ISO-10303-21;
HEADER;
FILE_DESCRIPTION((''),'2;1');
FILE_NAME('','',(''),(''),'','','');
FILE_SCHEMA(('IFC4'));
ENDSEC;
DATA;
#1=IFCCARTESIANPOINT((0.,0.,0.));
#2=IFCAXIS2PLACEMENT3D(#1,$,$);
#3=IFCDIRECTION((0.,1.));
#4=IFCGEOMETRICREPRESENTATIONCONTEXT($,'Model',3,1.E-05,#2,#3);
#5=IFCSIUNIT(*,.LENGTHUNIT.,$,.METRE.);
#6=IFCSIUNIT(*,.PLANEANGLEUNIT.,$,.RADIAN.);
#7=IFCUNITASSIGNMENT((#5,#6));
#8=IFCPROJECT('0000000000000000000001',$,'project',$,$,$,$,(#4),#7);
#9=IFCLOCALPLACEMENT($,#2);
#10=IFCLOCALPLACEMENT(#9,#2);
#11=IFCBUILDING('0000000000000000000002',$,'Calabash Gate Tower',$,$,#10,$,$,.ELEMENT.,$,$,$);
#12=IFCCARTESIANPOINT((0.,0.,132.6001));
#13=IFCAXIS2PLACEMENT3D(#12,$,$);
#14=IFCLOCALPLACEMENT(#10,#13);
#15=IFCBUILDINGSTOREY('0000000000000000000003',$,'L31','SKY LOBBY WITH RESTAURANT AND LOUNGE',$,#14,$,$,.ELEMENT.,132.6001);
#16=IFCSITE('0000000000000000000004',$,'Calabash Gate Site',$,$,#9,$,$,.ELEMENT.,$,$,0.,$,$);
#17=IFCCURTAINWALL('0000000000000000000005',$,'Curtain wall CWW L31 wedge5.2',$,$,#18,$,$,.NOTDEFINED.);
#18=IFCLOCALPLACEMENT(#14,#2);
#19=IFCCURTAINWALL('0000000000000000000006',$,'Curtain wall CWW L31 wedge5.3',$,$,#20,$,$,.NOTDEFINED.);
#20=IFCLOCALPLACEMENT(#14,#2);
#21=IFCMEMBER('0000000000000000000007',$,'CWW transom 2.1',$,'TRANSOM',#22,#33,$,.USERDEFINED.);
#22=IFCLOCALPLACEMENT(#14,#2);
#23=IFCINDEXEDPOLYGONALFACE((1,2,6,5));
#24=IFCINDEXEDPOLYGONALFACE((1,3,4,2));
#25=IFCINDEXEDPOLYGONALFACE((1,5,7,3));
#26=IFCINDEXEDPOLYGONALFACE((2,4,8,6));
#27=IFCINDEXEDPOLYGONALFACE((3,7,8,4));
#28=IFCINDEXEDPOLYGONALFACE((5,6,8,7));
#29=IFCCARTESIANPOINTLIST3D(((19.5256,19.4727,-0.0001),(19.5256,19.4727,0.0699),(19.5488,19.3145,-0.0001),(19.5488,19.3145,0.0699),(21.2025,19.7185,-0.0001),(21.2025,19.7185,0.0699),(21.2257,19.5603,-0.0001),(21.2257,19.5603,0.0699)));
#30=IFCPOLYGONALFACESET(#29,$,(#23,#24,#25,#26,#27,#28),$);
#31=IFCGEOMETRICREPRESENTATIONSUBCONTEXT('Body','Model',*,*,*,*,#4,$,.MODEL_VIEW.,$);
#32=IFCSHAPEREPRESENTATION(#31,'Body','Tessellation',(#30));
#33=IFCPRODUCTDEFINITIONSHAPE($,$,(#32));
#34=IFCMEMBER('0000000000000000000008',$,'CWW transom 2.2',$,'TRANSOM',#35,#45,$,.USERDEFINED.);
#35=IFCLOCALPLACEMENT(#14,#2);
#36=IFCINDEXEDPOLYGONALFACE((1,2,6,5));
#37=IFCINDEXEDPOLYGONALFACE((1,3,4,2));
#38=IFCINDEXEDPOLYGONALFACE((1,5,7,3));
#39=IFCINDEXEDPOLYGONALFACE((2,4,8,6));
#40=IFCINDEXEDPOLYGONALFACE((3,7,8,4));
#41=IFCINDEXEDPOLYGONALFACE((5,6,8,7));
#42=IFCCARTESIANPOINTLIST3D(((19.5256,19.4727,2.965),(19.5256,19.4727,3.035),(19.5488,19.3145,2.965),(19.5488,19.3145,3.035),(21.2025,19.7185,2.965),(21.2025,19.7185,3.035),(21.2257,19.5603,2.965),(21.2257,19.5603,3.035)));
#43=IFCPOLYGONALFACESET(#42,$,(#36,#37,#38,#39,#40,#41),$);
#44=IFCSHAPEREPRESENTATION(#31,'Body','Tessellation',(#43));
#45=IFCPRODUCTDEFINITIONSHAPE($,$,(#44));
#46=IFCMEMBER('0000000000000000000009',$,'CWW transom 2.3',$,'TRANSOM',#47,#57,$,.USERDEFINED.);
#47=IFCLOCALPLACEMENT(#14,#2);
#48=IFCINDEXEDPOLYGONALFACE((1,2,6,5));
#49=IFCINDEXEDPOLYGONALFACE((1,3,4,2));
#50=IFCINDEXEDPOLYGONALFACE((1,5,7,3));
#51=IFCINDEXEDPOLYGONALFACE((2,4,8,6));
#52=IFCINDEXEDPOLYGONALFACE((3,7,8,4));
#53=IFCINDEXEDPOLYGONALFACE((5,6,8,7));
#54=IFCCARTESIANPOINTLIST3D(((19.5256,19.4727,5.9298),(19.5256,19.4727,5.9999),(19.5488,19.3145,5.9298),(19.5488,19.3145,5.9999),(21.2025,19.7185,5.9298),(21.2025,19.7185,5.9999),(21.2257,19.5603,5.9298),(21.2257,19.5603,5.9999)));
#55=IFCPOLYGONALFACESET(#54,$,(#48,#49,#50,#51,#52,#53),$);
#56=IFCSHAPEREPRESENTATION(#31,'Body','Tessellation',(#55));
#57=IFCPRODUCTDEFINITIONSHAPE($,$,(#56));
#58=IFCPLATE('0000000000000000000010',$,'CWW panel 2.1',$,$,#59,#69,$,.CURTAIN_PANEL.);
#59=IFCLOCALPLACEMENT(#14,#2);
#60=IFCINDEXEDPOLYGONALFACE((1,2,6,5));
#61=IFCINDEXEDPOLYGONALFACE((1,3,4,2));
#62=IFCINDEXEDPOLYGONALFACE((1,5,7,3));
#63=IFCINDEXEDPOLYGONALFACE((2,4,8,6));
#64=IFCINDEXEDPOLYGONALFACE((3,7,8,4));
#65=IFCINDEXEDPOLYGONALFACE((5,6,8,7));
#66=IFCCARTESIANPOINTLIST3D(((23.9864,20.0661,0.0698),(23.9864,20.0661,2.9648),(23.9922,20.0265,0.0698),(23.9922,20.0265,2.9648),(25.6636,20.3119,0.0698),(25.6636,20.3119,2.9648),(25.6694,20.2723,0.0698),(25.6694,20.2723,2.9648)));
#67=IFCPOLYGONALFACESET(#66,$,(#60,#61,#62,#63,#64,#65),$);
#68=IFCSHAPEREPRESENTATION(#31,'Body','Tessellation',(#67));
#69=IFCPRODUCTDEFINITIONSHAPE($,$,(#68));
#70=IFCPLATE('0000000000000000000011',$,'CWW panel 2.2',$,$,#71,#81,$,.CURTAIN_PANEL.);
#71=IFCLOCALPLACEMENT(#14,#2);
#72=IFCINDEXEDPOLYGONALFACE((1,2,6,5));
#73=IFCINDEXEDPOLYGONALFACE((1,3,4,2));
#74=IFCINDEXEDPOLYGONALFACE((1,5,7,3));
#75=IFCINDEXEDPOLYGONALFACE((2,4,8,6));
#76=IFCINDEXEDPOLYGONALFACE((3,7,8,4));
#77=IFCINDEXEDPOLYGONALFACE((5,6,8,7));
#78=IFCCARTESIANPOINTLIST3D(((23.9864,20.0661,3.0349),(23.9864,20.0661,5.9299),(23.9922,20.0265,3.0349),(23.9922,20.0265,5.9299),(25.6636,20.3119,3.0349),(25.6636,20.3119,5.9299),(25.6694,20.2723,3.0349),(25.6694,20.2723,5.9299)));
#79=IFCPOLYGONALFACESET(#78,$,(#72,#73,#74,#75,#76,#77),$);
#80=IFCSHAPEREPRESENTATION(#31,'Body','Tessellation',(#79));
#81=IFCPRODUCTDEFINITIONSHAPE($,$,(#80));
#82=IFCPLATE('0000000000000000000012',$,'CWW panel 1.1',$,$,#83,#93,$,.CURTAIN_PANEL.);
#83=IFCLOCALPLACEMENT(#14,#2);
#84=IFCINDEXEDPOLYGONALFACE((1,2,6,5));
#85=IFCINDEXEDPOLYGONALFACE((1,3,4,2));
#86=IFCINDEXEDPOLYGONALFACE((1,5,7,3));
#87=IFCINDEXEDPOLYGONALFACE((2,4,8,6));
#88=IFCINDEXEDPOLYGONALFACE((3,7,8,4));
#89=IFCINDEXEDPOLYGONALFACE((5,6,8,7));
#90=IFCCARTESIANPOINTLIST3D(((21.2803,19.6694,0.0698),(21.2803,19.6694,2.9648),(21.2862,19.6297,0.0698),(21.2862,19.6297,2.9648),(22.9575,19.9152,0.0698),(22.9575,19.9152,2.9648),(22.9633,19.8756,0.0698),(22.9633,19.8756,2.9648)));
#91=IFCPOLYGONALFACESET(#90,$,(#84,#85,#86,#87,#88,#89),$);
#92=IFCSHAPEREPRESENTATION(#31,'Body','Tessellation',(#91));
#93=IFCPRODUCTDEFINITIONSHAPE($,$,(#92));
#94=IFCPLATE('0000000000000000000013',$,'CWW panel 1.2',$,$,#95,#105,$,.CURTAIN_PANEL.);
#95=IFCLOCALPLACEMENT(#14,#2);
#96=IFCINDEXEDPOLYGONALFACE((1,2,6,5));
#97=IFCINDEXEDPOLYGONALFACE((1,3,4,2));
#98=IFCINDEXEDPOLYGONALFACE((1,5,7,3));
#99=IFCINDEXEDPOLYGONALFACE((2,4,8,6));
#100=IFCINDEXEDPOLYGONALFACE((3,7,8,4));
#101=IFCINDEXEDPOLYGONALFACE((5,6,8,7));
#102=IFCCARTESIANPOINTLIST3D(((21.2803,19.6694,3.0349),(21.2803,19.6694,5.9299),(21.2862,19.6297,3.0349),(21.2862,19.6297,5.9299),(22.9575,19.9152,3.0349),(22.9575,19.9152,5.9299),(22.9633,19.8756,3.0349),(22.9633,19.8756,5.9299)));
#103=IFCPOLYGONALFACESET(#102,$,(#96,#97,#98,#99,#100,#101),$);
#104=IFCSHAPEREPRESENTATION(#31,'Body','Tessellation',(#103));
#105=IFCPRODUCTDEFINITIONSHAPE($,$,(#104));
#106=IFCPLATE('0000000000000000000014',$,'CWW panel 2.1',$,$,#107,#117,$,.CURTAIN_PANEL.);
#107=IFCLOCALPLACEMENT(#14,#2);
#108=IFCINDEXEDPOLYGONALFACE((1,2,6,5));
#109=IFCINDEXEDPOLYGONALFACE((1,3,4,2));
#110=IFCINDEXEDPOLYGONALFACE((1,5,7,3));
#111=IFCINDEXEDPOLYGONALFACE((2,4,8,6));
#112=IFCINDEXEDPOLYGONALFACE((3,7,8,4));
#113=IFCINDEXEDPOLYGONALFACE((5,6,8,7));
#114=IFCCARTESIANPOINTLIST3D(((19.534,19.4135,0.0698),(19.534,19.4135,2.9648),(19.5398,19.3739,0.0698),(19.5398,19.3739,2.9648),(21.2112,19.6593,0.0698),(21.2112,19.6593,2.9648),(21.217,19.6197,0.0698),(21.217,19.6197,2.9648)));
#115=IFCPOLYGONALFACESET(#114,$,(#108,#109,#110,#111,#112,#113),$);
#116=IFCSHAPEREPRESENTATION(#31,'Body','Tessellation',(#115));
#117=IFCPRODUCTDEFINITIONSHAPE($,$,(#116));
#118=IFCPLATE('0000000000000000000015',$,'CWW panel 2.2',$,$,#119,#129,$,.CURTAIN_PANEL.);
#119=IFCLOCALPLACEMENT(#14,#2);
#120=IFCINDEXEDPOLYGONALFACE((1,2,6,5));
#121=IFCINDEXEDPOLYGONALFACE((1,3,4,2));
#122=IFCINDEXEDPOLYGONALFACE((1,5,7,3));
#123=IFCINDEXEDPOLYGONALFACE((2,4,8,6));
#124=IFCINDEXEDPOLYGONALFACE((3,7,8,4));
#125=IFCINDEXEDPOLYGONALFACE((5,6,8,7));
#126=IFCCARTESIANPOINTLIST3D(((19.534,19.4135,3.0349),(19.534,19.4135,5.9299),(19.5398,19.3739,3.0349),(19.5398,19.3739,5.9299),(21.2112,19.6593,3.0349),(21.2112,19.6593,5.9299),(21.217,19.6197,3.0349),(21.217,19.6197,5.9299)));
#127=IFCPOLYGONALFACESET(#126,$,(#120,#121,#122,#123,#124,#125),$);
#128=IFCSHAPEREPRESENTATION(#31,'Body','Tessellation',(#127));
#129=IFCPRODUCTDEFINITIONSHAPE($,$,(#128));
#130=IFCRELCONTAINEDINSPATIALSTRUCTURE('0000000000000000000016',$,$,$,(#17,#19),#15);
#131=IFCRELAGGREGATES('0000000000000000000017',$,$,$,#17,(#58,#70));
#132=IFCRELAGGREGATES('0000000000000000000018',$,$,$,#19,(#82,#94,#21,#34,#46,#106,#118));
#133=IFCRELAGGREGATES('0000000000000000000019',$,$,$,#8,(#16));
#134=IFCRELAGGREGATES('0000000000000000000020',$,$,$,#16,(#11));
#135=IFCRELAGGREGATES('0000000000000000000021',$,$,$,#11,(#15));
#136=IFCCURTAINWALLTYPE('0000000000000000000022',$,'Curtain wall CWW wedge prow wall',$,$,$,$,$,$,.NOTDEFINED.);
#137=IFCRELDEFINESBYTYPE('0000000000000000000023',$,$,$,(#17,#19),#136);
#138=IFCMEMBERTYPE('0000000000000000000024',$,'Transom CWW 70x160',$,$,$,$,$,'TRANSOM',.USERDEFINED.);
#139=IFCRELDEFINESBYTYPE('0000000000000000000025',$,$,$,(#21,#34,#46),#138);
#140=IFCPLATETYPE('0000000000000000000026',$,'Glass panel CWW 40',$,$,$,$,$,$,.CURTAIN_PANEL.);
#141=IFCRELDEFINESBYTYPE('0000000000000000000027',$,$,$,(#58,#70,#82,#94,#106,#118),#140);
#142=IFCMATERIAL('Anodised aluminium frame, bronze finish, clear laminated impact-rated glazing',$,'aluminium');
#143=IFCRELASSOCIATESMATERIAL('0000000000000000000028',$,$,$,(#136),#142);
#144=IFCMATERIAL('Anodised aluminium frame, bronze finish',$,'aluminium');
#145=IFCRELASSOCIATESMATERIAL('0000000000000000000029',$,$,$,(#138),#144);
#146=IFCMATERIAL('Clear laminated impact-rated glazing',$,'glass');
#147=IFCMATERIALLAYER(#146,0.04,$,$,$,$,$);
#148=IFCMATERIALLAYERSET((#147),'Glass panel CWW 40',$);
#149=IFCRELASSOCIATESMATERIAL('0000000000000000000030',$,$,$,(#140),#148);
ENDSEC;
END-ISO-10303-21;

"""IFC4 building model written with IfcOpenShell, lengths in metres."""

from ifc_helpers import new_model, si_unit, direction, frame, origin, origin_2d, place, context, subcontext, project, spatial, rectangle, extrude, material, layer, layer_set, material_profile, profile_set, type_object, element, aggregate, save


model = new_model("IFC4")

# Units and contexts
model_context = context("Model", 3, precision=1e-05, world=origin(), true_north=direction((0.0, 1.0)))
body_context = subcontext(model_context, "Body", "Model", "MODEL_VIEW")
ifc_project = project(units=[si_unit("LENGTHUNIT", "METRE"), si_unit("PLANEANGLEUNIT", "RADIAN")], contexts=[model_context])

# Site, building, storey
site_placement = place(None, origin())
site = spatial("IfcSite", under=ifc_project, at=site_placement, Name="Calabash Gate Site", CompositionType="ELEMENT", RefElevation=0.0)
building_placement = place(site_placement, origin())
building = spatial("IfcBuilding", under=site, at=building_placement, Name="Calabash Gate Tower", CompositionType="ELEMENT")
storey_placement = place(building_placement, frame((0.0, 0.0, 132.6001)))
storey = spatial("IfcBuildingStorey", under=building, at=storey_placement, Name="L31", Description="SKY LOBBY WITH RESTAURANT AND LOUNGE", CompositionType="ELEMENT", Elevation=132.6001)

# Curtain wall
ifc_material_1 = material(Name="Anodised aluminium frame, bronze finish, clear laminated impact-rated glazing", Category="aluminium")
curtain_wall_type = type_object("IfcCurtainWallType", Name="Curtain wall CWW wedge prow wall", PredefinedType="NOTDEFINED", material=ifc_material_1)
curtain_wall_1_placement = place(storey_placement, origin())
curtain_wall_1 = element("IfcCurtainWall", 1, at=curtain_wall_1_placement, inside=storey, type_object=curtain_wall_type, Name="Curtain wall CWW L31 wedge5.2", PredefinedType="NOTDEFINED")

# Curtain wall, members
curtain_wall_2_placement = place(storey_placement, origin())
curtain_wall_2 = element("IfcCurtainWall", 2, at=curtain_wall_2_placement, inside=storey, type_object=curtain_wall_type, Name="Curtain wall CWW L31 wedge5.3", PredefinedType="NOTDEFINED")
ifc_material_2 = material(Name="Anodised aluminium frame, bronze finish", Category="aluminium")
ifc_material_profile_1 = material_profile(ifc_material_2, rectangle(XDim=0.1599, YDim=0.0701, at=origin_2d()))
ifc_profile_set_1 = profile_set([ifc_material_profile_1], Name="Anodised aluminium frame, bronze finish")
member_type_1 = type_object("IfcMemberType", Name="Transom CWW 70x160", ElementType="TRANSOM", PredefinedType="USERDEFINED", material=ifc_profile_set_1)
member_1_placement = place(storey_placement, frame((21.2141, 19.6394, 0.0349), z_axis=(-0.989424, -0.14505, 0.0), x_axis=(0.14505, -0.989424, 0.0)))
member_1 = element("IfcMember", 3, at=member_1_placement, type_object=member_type_1, Name="CWW transom 2.1", ObjectType="TRANSOM", PredefinedType="USERDEFINED", context=body_context, shape_type="SweptSolid", body=[
    extrude(rectangle(XDim=0.1599, YDim=0.0701, at=origin_2d()), origin(), (0.0, 0.0, 1.0), 1.6948),
])
member_2_placement = place(storey_placement, frame((21.2141, 19.6394, 3.0), z_axis=(-0.989424, -0.14505, 0.0), x_axis=(0.14505, -0.989424, 0.0)))
member_2 = element("IfcMember", 4, at=member_2_placement, type_object=member_type_1, Name="CWW transom 2.2", ObjectType="TRANSOM", PredefinedType="USERDEFINED", context=body_context, shape_type="SweptSolid", body=[
    extrude(rectangle(XDim=0.1599, YDim=0.0701, at=origin_2d()), origin(), (0.0, 0.0, 1.0), 1.6948),
])
member_3_placement = place(storey_placement, frame((21.2141, 19.6394, 5.9648), z_axis=(-0.989424, -0.14505, 0.0), x_axis=(0.14505, -0.989424, 0.0)))
member_3 = element("IfcMember", 5, at=member_3_placement, type_object=member_type_1, Name="CWW transom 2.3", ObjectType="TRANSOM", PredefinedType="USERDEFINED", context=body_context, shape_type="SweptSolid", body=[
    extrude(rectangle(XDim=0.1599, YDim=0.0701, at=origin_2d()), origin(), (0.0, 0.0, 1.0), 1.6948),
])

# Plates
ifc_material_3 = material(Name="Clear laminated impact-rated glazing", Category="glass")
ifc_layer = layer(ifc_material_3, 0.04)
ifc_layer_set = layer_set([ifc_layer], Name="Glass panel CWW 40")
plate_type = type_object("IfcPlateType", Name="Glass panel CWW 40", PredefinedType="CURTAIN_PANEL", material=ifc_layer_set)
plate_1_placement = place(storey_placement, frame((24.8279, 20.1692, 0.0698), z_axis=(0.0, 0.0, 1.0), x_axis=(-0.989429, -0.145015, 0.0)))
plate_1 = element("IfcPlate", 6, at=plate_1_placement, type_object=plate_type, Name="CWW panel 2.1", PredefinedType="CURTAIN_PANEL", context=body_context, shape_type="SweptSolid", body=[
    extrude(rectangle(XDim=1.6951, YDim=0.04, at=origin_2d()), origin(), (0.0, 0.0, 1.0), 2.895),
])
plate_2_placement = place(storey_placement, frame((24.8279, 20.1692, 3.0349), z_axis=(0.0, 0.0, 1.0), x_axis=(-0.989429, -0.145015, 0.0)))
plate_2 = element("IfcPlate", 7, at=plate_2_placement, type_object=plate_type, Name="CWW panel 2.2", PredefinedType="CURTAIN_PANEL", context=body_context, shape_type="SweptSolid", body=[
    extrude(rectangle(XDim=1.6951, YDim=0.04, at=origin_2d()), origin(), (0.0, 0.0, 1.0), 2.895),
])
aggregate(curtain_wall_1, [plate_1, plate_2])
plate_3_placement = place(storey_placement, frame((22.1218, 19.7725, 0.0698), z_axis=(0.0, 0.0, 1.0), x_axis=(-0.989429, -0.145015, 0.0)))
plate_3 = element("IfcPlate", 8, at=plate_3_placement, type_object=plate_type, Name="CWW panel 1.1", PredefinedType="CURTAIN_PANEL", context=body_context, shape_type="SweptSolid", body=[
    extrude(rectangle(XDim=1.6951, YDim=0.04, at=origin_2d()), origin(), (0.0, 0.0, 1.0), 2.895),
])
plate_4_placement = place(storey_placement, frame((22.1218, 19.7725, 3.0349), z_axis=(0.0, 0.0, 1.0), x_axis=(-0.989429, -0.145015, 0.0)))
plate_4 = element("IfcPlate", 9, at=plate_4_placement, type_object=plate_type, Name="CWW panel 1.2", PredefinedType="CURTAIN_PANEL", context=body_context, shape_type="SweptSolid", body=[
    extrude(rectangle(XDim=1.6951, YDim=0.04, at=origin_2d()), origin(), (0.0, 0.0, 1.0), 2.895),
])
plate_5_placement = place(storey_placement, frame((20.3755, 19.5166, 0.0698), z_axis=(0.0, 0.0, 1.0), x_axis=(-0.989429, -0.145015, 0.0)))
plate_5 = element("IfcPlate", 10, at=plate_5_placement, type_object=plate_type, Name="CWW panel 2.1", PredefinedType="CURTAIN_PANEL", context=body_context, shape_type="SweptSolid", body=[
    extrude(rectangle(XDim=1.6951, YDim=0.04, at=origin_2d()), origin(), (0.0, 0.0, 1.0), 2.895),
])
plate_6_placement = place(storey_placement, frame((20.3755, 19.5166, 3.0349), z_axis=(0.0, 0.0, 1.0), x_axis=(-0.989429, -0.145015, 0.0)))
plate_6 = element("IfcPlate", 11, at=plate_6_placement, type_object=plate_type, Name="CWW panel 2.2", PredefinedType="CURTAIN_PANEL", context=body_context, shape_type="SweptSolid", body=[
    extrude(rectangle(XDim=1.6951, YDim=0.04, at=origin_2d()), origin(), (0.0, 0.0, 1.0), 2.895),
])
aggregate(curtain_wall_2, [plate_3, plate_4, member_1, member_2, member_3, plate_5, plate_6])

save(model, "model.ifc")
